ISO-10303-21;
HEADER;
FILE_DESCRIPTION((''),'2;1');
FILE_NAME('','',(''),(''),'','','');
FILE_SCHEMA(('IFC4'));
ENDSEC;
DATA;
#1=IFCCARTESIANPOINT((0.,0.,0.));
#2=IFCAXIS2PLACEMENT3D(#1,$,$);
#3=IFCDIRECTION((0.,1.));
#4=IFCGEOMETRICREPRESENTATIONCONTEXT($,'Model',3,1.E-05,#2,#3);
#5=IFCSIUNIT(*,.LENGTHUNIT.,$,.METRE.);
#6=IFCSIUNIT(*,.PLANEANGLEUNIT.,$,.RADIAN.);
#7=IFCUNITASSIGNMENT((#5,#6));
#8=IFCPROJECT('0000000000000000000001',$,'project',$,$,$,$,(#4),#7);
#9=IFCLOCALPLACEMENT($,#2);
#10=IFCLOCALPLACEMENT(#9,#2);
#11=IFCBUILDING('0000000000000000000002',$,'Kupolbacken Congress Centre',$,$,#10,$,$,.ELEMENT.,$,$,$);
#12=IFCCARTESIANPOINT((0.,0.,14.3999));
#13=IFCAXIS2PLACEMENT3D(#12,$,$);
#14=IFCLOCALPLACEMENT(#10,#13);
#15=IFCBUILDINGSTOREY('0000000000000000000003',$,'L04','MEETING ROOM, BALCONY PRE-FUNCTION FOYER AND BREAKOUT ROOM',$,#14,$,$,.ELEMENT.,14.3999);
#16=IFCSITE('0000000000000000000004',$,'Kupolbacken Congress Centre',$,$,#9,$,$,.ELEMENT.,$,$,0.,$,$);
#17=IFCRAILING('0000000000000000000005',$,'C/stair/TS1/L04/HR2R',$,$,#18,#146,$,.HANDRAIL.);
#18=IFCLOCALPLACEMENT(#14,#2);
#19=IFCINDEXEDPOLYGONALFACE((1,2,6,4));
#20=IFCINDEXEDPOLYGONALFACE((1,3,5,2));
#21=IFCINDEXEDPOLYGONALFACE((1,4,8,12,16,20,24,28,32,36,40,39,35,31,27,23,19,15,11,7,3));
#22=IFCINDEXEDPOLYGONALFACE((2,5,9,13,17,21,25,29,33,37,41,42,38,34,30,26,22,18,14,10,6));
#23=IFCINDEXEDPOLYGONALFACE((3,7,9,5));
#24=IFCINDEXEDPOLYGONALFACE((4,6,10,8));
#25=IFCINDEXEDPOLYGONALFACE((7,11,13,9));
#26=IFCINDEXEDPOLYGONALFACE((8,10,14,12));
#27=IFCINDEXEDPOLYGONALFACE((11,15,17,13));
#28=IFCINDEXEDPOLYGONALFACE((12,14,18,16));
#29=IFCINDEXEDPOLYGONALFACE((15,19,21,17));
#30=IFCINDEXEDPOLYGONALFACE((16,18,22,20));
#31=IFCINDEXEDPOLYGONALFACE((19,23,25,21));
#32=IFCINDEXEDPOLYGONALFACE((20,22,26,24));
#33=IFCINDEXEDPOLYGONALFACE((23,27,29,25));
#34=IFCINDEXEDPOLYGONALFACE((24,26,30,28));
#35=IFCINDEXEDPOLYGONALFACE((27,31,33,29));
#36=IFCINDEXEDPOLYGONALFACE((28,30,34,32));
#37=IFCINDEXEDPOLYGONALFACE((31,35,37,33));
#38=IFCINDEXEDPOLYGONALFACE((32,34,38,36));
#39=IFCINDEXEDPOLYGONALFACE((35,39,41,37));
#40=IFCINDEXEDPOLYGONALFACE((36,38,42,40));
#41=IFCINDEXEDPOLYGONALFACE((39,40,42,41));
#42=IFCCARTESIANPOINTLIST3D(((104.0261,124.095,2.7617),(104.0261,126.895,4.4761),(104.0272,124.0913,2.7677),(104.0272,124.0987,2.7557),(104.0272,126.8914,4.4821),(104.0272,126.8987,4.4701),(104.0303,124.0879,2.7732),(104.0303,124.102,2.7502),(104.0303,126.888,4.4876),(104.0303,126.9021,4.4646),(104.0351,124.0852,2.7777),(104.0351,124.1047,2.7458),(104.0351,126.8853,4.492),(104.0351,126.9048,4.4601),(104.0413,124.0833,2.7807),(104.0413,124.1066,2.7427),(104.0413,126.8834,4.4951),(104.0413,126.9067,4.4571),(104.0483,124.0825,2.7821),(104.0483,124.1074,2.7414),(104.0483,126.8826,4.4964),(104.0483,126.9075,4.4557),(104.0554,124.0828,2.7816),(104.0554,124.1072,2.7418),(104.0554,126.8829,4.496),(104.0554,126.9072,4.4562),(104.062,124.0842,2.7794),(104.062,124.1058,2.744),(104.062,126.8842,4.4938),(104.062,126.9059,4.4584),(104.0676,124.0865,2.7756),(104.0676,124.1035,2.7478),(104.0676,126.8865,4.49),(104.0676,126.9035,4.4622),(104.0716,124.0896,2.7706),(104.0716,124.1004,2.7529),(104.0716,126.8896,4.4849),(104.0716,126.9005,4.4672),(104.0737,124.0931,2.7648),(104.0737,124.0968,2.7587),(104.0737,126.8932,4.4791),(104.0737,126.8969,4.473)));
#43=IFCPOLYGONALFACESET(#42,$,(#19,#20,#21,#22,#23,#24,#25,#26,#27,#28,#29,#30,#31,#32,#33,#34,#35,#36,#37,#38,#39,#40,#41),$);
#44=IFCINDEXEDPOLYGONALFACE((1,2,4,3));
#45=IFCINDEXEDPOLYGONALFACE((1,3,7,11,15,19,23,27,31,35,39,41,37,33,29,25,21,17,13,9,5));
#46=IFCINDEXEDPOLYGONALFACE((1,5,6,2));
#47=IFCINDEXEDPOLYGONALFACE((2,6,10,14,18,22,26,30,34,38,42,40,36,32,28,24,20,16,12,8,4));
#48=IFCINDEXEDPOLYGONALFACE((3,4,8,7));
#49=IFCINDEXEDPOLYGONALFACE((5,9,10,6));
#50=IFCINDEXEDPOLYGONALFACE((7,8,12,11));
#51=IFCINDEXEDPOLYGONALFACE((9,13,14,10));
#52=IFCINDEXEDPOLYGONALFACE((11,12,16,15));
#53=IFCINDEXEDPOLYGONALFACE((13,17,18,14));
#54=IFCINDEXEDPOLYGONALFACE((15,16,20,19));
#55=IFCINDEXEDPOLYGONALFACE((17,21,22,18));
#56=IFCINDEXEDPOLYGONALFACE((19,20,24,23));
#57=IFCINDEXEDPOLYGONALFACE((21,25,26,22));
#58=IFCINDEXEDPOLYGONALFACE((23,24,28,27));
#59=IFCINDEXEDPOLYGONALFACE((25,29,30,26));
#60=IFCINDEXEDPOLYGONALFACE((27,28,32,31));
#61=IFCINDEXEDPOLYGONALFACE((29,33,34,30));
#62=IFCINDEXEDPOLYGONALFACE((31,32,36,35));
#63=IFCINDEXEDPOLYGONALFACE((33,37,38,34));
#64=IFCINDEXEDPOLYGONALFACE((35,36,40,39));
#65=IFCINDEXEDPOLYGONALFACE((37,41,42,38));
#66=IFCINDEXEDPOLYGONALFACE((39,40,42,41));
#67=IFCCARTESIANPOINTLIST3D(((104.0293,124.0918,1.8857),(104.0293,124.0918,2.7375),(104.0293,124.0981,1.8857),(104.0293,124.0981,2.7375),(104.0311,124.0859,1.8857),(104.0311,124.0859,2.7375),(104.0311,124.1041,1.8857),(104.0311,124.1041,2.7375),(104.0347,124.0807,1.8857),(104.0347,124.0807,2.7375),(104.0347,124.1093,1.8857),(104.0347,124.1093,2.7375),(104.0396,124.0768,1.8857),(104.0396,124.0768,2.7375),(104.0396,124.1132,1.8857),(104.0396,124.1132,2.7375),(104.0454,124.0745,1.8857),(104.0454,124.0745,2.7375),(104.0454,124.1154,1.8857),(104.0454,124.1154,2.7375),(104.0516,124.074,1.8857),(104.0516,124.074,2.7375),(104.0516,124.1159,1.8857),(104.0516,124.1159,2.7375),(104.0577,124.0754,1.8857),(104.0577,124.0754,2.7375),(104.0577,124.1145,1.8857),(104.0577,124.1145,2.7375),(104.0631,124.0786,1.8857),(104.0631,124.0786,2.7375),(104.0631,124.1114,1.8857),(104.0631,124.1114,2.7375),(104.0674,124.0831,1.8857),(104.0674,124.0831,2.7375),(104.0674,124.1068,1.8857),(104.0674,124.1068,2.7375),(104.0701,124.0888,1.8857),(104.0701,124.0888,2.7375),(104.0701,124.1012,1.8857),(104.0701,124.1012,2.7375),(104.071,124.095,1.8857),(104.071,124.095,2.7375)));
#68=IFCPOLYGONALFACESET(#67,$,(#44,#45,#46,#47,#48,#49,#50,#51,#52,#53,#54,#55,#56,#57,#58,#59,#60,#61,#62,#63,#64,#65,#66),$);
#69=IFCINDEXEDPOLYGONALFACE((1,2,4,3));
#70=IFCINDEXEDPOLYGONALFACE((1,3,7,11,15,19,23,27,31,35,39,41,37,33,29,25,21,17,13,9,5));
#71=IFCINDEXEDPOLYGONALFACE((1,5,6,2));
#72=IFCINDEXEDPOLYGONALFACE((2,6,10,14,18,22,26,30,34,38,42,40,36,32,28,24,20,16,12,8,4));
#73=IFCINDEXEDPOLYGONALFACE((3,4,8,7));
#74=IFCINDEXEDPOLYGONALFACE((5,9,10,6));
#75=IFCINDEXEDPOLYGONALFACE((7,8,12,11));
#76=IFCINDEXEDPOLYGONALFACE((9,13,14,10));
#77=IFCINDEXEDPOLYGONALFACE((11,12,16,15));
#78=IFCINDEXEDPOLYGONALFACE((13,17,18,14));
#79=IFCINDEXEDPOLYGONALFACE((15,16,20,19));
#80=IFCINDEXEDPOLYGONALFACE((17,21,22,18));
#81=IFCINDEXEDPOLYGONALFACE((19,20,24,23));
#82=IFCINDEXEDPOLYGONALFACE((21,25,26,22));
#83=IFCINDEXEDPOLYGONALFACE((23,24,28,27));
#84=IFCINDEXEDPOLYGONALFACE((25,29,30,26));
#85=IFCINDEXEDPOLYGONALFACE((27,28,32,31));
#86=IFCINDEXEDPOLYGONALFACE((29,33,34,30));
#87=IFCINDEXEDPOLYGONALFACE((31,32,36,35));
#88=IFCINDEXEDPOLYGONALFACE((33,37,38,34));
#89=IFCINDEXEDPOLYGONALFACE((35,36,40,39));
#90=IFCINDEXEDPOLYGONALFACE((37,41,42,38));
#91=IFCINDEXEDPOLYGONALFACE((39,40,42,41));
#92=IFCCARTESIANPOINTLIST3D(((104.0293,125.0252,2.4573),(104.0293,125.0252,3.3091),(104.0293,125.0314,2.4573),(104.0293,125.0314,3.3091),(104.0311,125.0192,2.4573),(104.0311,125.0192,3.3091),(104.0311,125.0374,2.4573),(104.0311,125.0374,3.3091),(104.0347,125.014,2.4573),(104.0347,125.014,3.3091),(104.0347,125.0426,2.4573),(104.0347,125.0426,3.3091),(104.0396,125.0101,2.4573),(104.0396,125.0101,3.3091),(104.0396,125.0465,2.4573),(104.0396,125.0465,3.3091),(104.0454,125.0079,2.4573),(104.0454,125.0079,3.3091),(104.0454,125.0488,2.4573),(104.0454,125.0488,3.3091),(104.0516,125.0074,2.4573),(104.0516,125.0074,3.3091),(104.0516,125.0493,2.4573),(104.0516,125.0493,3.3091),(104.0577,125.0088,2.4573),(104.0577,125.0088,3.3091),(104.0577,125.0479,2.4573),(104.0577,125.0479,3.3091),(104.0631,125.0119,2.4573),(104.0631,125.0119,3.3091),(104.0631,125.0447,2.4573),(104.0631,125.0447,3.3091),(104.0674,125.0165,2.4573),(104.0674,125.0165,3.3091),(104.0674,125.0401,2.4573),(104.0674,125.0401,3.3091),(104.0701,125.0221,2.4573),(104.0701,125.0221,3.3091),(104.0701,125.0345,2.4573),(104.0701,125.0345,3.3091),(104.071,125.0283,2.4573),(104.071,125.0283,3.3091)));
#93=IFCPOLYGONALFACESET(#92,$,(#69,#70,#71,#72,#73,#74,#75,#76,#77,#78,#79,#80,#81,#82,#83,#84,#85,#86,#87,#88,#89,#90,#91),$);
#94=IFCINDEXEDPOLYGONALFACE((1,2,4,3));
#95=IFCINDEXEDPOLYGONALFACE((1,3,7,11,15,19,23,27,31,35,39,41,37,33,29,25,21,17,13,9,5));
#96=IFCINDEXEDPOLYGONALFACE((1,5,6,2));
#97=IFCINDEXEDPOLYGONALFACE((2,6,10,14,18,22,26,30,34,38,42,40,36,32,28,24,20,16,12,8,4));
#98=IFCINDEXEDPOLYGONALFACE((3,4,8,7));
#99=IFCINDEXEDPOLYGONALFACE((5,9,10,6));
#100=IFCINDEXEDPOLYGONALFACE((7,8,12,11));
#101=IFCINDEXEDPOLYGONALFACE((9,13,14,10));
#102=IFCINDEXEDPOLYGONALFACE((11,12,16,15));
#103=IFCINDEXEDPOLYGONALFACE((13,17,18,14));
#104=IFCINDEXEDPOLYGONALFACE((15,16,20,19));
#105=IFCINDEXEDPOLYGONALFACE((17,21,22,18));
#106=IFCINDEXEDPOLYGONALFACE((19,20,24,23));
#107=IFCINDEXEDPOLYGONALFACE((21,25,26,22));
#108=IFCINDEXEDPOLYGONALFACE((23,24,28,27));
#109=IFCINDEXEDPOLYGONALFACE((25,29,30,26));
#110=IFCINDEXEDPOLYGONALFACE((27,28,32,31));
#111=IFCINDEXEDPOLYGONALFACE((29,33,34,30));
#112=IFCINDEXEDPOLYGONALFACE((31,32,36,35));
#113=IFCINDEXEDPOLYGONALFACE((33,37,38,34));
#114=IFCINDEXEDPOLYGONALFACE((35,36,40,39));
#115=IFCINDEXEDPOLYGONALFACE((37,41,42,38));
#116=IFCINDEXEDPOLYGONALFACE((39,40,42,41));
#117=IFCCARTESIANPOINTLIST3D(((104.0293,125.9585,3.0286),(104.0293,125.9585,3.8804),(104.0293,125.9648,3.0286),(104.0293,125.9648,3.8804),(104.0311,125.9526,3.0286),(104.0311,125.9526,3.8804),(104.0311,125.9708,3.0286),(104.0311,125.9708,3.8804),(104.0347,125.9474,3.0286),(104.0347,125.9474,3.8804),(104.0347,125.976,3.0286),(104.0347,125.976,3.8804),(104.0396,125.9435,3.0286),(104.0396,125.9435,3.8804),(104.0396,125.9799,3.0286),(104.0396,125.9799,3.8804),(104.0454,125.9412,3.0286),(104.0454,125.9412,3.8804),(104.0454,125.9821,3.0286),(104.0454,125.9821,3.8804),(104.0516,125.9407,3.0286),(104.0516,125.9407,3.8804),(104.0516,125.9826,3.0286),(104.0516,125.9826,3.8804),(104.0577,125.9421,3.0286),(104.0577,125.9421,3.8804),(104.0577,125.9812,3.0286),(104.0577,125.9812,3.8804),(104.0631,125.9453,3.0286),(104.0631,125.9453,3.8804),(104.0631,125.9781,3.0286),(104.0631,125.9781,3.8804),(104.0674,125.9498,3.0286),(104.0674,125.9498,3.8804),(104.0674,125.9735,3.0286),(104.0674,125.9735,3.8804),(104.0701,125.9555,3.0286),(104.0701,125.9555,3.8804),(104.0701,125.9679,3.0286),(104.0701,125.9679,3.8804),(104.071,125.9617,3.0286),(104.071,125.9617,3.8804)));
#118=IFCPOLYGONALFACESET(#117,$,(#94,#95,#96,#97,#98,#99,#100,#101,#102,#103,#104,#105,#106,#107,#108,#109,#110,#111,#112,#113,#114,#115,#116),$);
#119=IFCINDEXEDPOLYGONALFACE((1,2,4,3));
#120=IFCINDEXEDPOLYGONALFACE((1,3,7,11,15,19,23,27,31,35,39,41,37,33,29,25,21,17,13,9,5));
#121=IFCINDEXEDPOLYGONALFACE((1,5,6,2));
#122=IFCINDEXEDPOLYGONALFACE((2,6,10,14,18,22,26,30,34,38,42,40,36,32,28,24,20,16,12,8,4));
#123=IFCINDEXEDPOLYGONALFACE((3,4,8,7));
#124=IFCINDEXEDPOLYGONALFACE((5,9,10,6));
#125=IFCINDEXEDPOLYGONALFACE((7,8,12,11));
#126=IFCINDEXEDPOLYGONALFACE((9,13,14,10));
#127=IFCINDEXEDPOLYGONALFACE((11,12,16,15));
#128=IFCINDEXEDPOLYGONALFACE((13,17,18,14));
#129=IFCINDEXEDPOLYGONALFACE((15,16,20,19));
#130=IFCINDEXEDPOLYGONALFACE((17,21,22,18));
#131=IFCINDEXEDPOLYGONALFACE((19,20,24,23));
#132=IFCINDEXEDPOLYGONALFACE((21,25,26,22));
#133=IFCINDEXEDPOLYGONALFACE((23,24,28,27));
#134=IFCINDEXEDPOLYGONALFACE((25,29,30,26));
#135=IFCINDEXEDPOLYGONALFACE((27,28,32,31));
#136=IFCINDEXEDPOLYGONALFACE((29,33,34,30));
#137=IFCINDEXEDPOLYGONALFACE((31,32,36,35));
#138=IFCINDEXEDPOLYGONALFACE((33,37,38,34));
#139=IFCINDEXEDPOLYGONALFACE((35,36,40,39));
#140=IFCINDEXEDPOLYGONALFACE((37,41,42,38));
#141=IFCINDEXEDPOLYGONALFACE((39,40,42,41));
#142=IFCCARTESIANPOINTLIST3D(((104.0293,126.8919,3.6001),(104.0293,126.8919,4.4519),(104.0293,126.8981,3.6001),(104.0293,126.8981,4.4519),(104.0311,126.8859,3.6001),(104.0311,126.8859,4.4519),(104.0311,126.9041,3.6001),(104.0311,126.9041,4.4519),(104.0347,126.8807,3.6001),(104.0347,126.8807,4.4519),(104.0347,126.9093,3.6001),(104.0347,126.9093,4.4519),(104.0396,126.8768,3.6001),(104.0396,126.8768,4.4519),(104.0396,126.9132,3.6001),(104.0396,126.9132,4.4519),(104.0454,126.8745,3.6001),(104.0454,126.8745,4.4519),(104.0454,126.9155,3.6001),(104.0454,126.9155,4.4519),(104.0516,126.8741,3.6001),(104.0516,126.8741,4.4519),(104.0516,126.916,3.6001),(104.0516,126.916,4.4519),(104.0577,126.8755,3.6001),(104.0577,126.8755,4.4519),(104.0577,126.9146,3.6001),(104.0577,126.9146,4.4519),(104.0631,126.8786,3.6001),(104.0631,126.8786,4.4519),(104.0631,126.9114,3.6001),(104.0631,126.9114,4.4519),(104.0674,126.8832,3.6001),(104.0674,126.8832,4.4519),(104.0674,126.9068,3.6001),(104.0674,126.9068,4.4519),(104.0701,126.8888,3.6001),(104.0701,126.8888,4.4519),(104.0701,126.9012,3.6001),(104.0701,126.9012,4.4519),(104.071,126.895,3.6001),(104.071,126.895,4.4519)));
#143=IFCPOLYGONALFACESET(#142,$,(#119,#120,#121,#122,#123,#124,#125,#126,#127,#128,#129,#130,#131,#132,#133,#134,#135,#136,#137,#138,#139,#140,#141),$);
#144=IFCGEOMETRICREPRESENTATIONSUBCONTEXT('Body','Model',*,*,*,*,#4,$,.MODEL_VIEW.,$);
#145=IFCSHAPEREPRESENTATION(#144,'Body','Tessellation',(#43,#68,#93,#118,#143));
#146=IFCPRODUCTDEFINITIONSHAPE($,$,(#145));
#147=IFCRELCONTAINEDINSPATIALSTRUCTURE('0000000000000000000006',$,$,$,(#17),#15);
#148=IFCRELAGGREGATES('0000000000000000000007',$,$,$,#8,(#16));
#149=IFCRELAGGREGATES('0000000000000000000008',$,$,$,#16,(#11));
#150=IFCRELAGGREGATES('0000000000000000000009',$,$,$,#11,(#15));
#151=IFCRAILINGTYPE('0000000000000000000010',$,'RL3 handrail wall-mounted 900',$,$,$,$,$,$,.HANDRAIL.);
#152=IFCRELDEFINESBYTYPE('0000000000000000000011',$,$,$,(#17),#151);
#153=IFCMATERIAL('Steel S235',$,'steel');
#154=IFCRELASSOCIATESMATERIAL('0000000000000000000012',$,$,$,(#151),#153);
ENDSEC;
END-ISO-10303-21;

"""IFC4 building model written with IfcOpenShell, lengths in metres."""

from ifc_helpers import new_model, si_unit, direction, frame, origin, origin_2d, place, context, subcontext, project, spatial, circle, extrude, material, type_object, element, save


model = new_model("IFC4")

# Units and contexts
model_context = context("Model", 3, precision=1e-05, world=origin(), true_north=direction((0.0, 1.0)))
body_context = subcontext(model_context, "Body", "Model", "MODEL_VIEW")
ifc_project = project(units=[si_unit("LENGTHUNIT", "METRE"), si_unit("PLANEANGLEUNIT", "RADIAN")], contexts=[model_context])

# Site, building, storey
site_placement = place(None, origin())
site = spatial("IfcSite", under=ifc_project, at=site_placement, Name="Kupolbacken Congress Centre", CompositionType="ELEMENT", RefElevation=0.0)
building_placement = place(site_placement, origin())
building = spatial("IfcBuilding", under=site, at=building_placement, Name="Kupolbacken Congress Centre", CompositionType="ELEMENT")
storey_placement = place(building_placement, frame((0.0, 0.0, 14.3999)))
storey = spatial("IfcBuildingStorey", under=building, at=storey_placement, Name="L04", Description="MEETING ROOM, BALCONY PRE-FUNCTION FOYER AND BREAKOUT ROOM", CompositionType="ELEMENT", Elevation=14.3999)

# Railing
ifc_material_1 = material(Name="Steel S235", Category="steel")
railing_type = type_object("IfcRailingType", Name="RL3 handrail wall-mounted 900", PredefinedType="HANDRAIL", material=ifc_material_1)
for number, where, name in (
    (1, (104.05, 124.095, 1.8857), "C/stair/TS1/L04/HR2R"),
):
    element("IfcRailing", number, at=place(storey_placement, frame(where)), inside=storey, type_object=railing_type, Name=name, PredefinedType="HANDRAIL", context=body_context, shape_type="SweptSolid", body=[
        extrude(circle(Radius=0.0239, at=origin_2d()), frame((0.0, 0.0, 0.876), z_axis=(0.0, 0.852846, 0.522163), x_axis=(-1.0, 0.0, 0.0)), (0.0, 0.0, 1.0), 3.2832),
        extrude(circle(Radius=0.021, at=origin_2d()), origin(), (0.0, 0.0, 1.0), 0.8518),
        extrude(circle(Radius=0.021, at=origin_2d()), frame((0.0, 0.9333, 0.5715)), (0.0, 0.0, 1.0), 0.8518),
        extrude(circle(Radius=0.021, at=origin_2d()), frame((0.0, 1.8667, 1.1428)), (0.0, 0.0, 1.0), 0.8518),
        extrude(circle(Radius=0.021, at=origin_2d()), frame((0.0, 2.8, 1.7144)), (0.0, 0.0, 1.0), 0.8518),
    ])

save(model, "model.ifc")
